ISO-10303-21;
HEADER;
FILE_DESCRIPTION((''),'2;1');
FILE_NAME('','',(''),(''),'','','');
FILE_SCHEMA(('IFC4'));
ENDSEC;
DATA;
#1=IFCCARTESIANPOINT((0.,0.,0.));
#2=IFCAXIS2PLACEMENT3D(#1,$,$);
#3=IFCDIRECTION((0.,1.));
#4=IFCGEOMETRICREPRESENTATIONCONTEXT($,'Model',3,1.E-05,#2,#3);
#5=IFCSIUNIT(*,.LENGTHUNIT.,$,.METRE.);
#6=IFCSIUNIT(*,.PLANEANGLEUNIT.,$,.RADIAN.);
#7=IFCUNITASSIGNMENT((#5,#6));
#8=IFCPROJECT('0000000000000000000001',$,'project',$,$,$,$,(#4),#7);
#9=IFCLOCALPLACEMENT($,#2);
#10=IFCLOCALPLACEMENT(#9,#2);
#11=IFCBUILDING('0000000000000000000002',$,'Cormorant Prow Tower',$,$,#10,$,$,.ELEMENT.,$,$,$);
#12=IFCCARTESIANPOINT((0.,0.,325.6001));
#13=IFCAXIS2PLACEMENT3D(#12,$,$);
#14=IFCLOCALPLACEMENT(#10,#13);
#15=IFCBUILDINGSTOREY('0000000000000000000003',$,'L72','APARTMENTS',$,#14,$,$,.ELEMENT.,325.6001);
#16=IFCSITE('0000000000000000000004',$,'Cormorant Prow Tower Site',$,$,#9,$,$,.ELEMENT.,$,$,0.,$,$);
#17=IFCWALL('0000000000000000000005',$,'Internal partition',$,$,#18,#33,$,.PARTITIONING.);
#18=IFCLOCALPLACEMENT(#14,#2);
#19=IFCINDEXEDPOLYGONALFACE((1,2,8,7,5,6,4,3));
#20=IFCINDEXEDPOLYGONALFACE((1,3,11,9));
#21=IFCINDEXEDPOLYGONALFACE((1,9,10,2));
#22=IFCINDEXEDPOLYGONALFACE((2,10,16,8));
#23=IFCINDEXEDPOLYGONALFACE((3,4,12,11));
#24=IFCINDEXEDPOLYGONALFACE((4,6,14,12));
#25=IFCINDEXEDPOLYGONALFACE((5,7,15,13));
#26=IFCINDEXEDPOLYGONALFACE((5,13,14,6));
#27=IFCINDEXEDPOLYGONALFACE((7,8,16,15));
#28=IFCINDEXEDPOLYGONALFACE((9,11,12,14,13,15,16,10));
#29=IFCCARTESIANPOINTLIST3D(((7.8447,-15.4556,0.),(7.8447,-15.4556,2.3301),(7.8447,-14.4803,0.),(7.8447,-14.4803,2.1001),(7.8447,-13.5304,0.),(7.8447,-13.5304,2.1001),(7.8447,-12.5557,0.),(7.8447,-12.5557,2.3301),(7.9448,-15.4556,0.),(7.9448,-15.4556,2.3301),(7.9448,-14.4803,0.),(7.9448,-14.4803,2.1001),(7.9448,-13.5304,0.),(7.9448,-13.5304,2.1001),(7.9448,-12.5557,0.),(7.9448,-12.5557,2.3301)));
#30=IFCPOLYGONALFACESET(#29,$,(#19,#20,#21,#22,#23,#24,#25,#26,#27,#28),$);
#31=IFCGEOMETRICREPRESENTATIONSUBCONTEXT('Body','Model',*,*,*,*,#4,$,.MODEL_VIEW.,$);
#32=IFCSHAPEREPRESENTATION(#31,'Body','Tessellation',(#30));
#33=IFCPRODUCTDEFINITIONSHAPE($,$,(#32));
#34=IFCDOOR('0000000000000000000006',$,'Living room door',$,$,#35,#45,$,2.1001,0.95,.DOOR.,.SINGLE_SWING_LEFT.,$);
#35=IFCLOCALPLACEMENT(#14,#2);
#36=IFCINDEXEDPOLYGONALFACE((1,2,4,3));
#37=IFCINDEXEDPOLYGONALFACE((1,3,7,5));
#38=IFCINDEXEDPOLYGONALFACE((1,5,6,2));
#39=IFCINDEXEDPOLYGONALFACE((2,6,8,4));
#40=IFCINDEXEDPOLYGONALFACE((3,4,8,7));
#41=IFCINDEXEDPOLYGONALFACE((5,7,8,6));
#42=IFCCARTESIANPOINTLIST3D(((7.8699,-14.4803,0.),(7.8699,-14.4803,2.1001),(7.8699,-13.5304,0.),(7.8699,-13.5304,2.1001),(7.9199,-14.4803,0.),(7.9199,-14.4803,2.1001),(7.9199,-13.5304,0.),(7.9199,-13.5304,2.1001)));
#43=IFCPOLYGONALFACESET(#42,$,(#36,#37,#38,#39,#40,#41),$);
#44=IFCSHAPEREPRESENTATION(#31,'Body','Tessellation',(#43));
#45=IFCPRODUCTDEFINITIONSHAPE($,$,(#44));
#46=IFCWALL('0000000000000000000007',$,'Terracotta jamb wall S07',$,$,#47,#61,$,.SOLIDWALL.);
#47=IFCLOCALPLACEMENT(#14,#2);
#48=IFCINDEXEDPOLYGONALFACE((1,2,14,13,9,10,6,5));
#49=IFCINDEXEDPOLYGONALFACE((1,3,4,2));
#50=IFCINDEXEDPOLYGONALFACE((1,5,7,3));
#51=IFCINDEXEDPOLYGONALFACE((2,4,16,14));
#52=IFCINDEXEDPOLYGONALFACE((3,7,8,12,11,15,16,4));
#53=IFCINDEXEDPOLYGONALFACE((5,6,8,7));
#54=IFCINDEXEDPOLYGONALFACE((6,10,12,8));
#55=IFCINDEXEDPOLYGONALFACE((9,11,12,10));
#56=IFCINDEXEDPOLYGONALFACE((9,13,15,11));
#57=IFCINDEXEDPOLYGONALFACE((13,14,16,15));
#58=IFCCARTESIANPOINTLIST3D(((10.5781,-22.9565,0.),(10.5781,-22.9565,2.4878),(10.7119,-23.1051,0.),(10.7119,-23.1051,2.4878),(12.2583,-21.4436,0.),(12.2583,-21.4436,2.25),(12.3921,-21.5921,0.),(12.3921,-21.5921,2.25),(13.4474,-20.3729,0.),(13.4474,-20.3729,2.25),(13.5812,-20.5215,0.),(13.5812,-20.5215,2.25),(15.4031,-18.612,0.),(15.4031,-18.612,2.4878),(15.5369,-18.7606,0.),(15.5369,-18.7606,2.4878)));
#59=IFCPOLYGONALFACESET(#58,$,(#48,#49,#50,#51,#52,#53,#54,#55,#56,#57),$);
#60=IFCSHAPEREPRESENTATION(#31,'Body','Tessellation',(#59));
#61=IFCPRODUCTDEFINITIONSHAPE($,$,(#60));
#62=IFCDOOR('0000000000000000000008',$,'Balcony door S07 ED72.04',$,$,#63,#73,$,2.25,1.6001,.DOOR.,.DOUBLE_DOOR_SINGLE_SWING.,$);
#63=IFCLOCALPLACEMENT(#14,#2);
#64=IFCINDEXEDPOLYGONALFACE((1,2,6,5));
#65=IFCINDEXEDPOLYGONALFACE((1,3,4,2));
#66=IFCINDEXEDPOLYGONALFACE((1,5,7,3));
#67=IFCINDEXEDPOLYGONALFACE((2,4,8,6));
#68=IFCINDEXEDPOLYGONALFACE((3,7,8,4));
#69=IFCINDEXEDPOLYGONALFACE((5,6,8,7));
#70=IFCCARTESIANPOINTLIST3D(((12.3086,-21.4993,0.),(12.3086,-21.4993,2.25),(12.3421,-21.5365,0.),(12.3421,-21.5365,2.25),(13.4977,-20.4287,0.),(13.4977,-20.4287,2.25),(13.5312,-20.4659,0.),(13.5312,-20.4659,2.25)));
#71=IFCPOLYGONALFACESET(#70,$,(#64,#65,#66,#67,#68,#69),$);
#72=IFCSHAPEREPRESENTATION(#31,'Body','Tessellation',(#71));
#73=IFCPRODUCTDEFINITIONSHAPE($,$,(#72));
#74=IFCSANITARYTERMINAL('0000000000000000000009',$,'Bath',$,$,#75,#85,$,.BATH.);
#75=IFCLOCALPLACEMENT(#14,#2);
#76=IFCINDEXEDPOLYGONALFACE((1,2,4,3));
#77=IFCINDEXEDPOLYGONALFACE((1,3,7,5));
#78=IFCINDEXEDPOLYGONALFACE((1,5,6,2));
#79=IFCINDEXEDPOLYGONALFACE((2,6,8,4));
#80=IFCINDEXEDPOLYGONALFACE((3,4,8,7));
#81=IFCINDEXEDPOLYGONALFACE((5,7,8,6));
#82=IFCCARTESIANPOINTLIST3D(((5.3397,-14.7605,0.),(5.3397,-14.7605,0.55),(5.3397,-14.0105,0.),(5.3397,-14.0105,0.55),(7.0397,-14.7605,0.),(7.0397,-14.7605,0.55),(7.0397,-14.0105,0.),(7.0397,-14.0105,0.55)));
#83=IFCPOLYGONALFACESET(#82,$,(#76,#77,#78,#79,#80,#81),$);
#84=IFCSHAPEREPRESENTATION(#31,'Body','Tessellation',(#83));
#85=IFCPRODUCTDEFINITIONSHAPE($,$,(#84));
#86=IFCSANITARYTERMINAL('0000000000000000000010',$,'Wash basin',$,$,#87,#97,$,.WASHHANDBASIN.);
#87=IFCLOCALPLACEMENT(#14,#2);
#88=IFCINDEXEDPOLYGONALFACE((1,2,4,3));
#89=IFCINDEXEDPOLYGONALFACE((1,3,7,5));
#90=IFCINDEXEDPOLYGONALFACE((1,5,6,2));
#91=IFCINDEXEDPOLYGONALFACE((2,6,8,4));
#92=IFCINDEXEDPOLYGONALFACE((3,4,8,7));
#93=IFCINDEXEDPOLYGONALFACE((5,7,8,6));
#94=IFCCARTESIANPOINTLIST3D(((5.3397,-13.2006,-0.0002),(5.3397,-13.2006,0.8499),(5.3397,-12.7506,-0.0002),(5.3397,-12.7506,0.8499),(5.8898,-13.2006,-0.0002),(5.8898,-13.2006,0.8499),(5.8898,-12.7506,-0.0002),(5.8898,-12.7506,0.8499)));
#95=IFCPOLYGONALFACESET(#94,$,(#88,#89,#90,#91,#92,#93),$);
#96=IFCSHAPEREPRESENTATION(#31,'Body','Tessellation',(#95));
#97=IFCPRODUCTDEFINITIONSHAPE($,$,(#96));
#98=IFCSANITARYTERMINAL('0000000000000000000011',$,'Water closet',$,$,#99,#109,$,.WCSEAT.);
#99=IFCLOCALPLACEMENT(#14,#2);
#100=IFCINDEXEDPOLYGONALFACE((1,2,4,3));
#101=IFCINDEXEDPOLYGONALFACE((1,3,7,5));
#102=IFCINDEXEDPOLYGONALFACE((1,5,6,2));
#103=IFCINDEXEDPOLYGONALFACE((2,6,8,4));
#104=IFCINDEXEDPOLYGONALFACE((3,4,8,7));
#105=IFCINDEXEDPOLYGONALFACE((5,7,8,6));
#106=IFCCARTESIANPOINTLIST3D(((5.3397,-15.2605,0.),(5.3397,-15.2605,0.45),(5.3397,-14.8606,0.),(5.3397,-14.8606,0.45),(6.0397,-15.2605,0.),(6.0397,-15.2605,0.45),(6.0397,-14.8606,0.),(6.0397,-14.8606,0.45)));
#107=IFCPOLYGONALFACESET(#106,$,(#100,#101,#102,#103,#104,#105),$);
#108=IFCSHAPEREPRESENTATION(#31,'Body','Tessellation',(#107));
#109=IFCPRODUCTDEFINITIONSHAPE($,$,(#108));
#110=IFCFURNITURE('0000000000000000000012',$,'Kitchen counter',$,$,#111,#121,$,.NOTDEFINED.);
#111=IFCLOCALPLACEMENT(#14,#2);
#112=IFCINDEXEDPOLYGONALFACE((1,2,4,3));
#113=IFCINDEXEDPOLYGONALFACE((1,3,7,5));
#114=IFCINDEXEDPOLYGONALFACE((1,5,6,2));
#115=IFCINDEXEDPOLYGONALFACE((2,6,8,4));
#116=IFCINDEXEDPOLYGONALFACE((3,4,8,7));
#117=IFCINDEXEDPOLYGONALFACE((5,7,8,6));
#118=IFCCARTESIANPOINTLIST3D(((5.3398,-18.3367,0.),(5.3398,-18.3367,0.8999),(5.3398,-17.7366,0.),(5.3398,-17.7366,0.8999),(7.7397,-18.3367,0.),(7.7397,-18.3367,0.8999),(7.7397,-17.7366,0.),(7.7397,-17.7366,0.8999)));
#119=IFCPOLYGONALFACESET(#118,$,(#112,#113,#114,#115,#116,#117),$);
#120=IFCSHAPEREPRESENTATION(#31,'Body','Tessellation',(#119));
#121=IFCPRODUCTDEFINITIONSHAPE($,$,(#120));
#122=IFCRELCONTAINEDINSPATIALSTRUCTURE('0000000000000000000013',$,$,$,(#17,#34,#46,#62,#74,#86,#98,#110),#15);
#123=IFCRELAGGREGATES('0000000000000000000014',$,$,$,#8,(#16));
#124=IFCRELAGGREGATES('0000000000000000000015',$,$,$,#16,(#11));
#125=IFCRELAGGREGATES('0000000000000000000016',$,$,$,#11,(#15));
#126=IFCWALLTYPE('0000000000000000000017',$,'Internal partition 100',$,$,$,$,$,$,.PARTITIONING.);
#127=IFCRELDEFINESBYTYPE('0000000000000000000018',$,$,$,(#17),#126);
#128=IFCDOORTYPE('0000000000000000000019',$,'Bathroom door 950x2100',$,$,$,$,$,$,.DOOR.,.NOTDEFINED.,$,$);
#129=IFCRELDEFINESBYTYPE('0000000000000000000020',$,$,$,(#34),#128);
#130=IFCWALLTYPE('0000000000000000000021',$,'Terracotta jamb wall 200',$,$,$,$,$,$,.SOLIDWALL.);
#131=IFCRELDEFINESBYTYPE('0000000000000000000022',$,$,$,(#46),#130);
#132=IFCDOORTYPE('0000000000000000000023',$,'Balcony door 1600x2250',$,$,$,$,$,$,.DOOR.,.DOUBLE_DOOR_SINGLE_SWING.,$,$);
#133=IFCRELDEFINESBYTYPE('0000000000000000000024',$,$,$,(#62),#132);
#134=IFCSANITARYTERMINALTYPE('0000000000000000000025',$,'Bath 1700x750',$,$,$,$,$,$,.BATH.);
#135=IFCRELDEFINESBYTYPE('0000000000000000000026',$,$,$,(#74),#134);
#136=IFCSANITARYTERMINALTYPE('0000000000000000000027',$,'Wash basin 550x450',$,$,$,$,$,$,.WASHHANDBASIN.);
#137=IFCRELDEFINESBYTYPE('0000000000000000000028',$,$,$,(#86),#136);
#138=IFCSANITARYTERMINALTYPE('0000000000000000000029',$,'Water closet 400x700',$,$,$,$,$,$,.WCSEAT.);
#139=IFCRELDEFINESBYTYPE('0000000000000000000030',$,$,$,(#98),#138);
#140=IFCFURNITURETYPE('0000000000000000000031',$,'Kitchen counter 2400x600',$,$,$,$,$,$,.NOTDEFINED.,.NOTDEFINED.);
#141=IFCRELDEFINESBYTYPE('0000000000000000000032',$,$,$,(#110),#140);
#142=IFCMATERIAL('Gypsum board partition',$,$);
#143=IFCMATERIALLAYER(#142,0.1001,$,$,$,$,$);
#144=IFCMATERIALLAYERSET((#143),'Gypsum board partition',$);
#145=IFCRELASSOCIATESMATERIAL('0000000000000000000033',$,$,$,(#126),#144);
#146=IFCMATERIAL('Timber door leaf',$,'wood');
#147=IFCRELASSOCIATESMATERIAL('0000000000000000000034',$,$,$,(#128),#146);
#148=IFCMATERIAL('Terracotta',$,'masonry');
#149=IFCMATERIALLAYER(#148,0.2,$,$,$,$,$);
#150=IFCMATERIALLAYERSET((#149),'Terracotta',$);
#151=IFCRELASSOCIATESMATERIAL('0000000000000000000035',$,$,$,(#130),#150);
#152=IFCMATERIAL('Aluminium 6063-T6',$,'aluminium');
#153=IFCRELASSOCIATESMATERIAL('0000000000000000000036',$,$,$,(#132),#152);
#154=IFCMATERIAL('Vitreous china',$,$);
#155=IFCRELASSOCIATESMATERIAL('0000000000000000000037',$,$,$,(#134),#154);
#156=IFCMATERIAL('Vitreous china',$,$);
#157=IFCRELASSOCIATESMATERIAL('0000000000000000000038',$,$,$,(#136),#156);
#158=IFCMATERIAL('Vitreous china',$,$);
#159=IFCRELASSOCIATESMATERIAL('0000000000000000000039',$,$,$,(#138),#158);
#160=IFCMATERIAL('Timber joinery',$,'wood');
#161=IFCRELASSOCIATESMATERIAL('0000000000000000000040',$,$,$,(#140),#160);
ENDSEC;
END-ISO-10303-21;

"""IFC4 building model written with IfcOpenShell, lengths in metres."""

from ifc_helpers import new_model, si_unit, direction, frame, frame_2d, origin, origin_2d, place, context, subcontext, project, spatial, rectangle, extrude, material, layer, layer_set, type_object, element, fill, save


model = new_model("IFC4")

# Units and contexts
model_context = context("Model", 3, precision=1e-05, world=origin(), true_north=direction((0.0, 1.0)))
body_context = subcontext(model_context, "Body", "Model", "MODEL_VIEW")
ifc_project = project(units=[si_unit("LENGTHUNIT", "METRE"), si_unit("PLANEANGLEUNIT", "RADIAN")], contexts=[model_context])

# Site, building, storey
site_placement = place(None, origin())
site = spatial("IfcSite", under=ifc_project, at=site_placement, Name="Cormorant Prow Tower Site", CompositionType="ELEMENT", RefElevation=0.0)
building_placement = place(site_placement, origin())
building = spatial("IfcBuilding", under=site, at=building_placement, Name="Cormorant Prow Tower", CompositionType="ELEMENT")
storey_placement = place(building_placement, frame((0.0, 0.0, 325.6001)))
storey = spatial("IfcBuildingStorey", under=building, at=storey_placement, Name="L72", Description="APARTMENTS", CompositionType="ELEMENT", Elevation=325.6001)

# Walls, openings, doors
ifc_material_1 = material(Name="Gypsum board partition")
ifc_layer_1 = layer(ifc_material_1, 0.1001)
ifc_layer_set_1 = layer_set([ifc_layer_1], Name="Gypsum board partition")
wall_type_1 = type_object("IfcWallType", Name="Internal partition 100", PredefinedType="PARTITIONING", material=ifc_layer_set_1)
ifc_material_2 = material(Name="Timber door leaf", Category="wood")
door_type_1 = type_object("IfcDoorType", Name="Bathroom door 950x2100", OperationType="NOTDEFINED", PredefinedType="DOOR", material=ifc_material_2)
wall_1_placement = place(storey_placement, frame((7.8948, -15.4556, 0.0), z_axis=(0.0, 0.0, 1.0), x_axis=(0.0, 1.0, 0.0)))
wall_1 = element("IfcWall", 1, at=wall_1_placement, inside=storey, type_object=wall_type_1, Name="Internal partition", PredefinedType="PARTITIONING", context=body_context, shape_type="SweptSolid", body=[
    extrude(rectangle(XDim=2.8999, YDim=0.1001, at=frame_2d((1.45, 0.0))), origin(), (0.0, 0.0, 1.0), 2.3301),
])
opening_1_placement = place(wall_1_placement, frame((0.9751, 0.0, 0.0)))
opening_1 = element("IfcOpeningElement", 2, at=opening_1_placement, cuts=wall_1, PredefinedType="OPENING", context=body_context, shape_type="SweptSolid", body=[
    extrude(rectangle(XDim=0.95, YDim=2.1001, at=frame_2d((0.4751, 1.05))), frame((0.0, 0.0601, 0.0), z_axis=(0.0, -1.0, 0.0), x_axis=(1.0, 0.0, 0.0)), (0.0, 0.0, 1.0), 0.1201),
])
door_1_placement = place(opening_1_placement, origin())
door_1 = element("IfcDoor", 3, at=door_1_placement, inside=storey, type_object=door_type_1, Name="Living room door", OperationType="SINGLE_SWING_LEFT", OverallHeight=2.1001, OverallWidth=0.95, PredefinedType="DOOR", context=body_context, shape_type="SweptSolid", body=[
    extrude(rectangle(XDim=0.95, YDim=2.1001, at=frame_2d((0.4751, 1.05))), frame((0.0, 0.0249, 0.0), z_axis=(0.0, -1.0, 0.0), x_axis=(1.0, 0.0, 0.0)), (0.0, 0.0, 1.0), 0.05),
])
fill(opening_1, door_1)
ifc_material_3 = material(Name="Terracotta", Category="masonry")
ifc_layer_2 = layer(ifc_material_3, 0.2)
ifc_layer_set_2 = layer_set([ifc_layer_2], Name="Terracotta")
wall_type_2 = type_object("IfcWallType", Name="Terracotta jamb wall 200", PredefinedType="SOLIDWALL", material=ifc_layer_set_2)
wall_2_placement = place(storey_placement, frame((10.645, -23.0308, 0.0), z_axis=(0.0, 0.0, 1.0), x_axis=(0.743139, 0.669137, 0.0)))
wall_2 = element("IfcWall", 4, at=wall_2_placement, inside=storey, type_object=wall_type_2, Name="Terracotta jamb wall S07", PredefinedType="SOLIDWALL", context=body_context, shape_type="SweptSolid", body=[
    extrude(rectangle(XDim=6.4927, YDim=0.2, at=frame_2d((3.2463, 0.0))), origin(), (0.0, 0.0, 1.0), 2.4878),
])
opening_2_placement = place(wall_2_placement, frame((2.261, 0.0, 0.0)))
opening_2 = element("IfcOpeningElement", 5, at=opening_2_placement, cuts=wall_2, PredefinedType="OPENING", context=body_context, shape_type="SweptSolid", body=[
    extrude(rectangle(XDim=1.6001, YDim=2.25, at=frame_2d((0.8, 1.125))), frame((0.0, 0.1099, 0.0), z_axis=(0.0, -1.0, 0.0), x_axis=(1.0, 0.0, 0.0)), (0.0, 0.0, 1.0), 0.22),
])
ifc_material_4 = material(Name="Aluminium 6063-T6", Category="aluminium")
door_type_2 = type_object("IfcDoorType", Name="Balcony door 1600x2250", OperationType="DOUBLE_DOOR_SINGLE_SWING", PredefinedType="DOOR", material=ifc_material_4)
door_2_placement = place(opening_2_placement, origin())
door_2 = element("IfcDoor", 6, at=door_2_placement, inside=storey, type_object=door_type_2, Name="Balcony door S07 ED72.04", OperationType="DOUBLE_DOOR_SINGLE_SWING", OverallHeight=2.25, OverallWidth=1.6001, PredefinedType="DOOR", context=body_context, shape_type="SweptSolid", body=[
    extrude(rectangle(XDim=1.6001, YDim=2.25, at=frame_2d((0.8, 1.125))), frame((0.0, 0.0249, 0.0), z_axis=(0.0, -1.0, 0.0), x_axis=(1.0, 0.0, 0.0)), (0.0, 0.0, 1.0), 0.05),
])
fill(opening_2, door_2)

# Sanitary terminals
ifc_material_5 = material(Name="Vitreous china")
sanitary_terminal_type_1 = type_object("IfcSanitaryTerminalType", Name="Bath 1700x750", PredefinedType="BATH", material=ifc_material_5)
sanitary_terminal_1_placement = place(storey_placement, frame((6.1897, -14.3855, 0.0), z_axis=(0.0, 0.0, 1.0), x_axis=(1.0, 0.0, 0.0)))
element("IfcSanitaryTerminal", 7, at=sanitary_terminal_1_placement, inside=storey, type_object=sanitary_terminal_type_1, Name="Bath", PredefinedType="BATH", context=body_context, shape_type="SweptSolid", body=[
    extrude(rectangle(XDim=1.7, YDim=0.75, at=origin_2d()), origin(), (0.0, 0.0, 1.0), 0.55),
])
ifc_material_6 = material(Name="Vitreous china")
sanitary_terminal_type_2 = type_object("IfcSanitaryTerminalType", Name="Wash basin 550x450", PredefinedType="WASHHANDBASIN", material=ifc_material_6)
sanitary_terminal_2_placement = place(storey_placement, frame((5.6147, -12.9756, -0.0002), z_axis=(0.0, 0.0, 1.0), x_axis=(1.0, 0.0, 0.0)))
element("IfcSanitaryTerminal", 8, at=sanitary_terminal_2_placement, inside=storey, type_object=sanitary_terminal_type_2, Name="Wash basin", PredefinedType="WASHHANDBASIN", context=body_context, shape_type="SweptSolid", body=[
    extrude(rectangle(XDim=0.55, YDim=0.45, at=origin_2d()), origin(), (0.0, 0.0, 1.0), 0.8501),
])
ifc_material_7 = material(Name="Vitreous china")
sanitary_terminal_type_3 = type_object("IfcSanitaryTerminalType", Name="Water closet 400x700", PredefinedType="WCSEAT", material=ifc_material_7)
sanitary_terminal_3_placement = place(storey_placement, frame((5.6897, -15.0605, 0.0), z_axis=(0.0, 0.0, 1.0), x_axis=(0.0, 1.0, 0.0)))
element("IfcSanitaryTerminal", 9, at=sanitary_terminal_3_placement, inside=storey, type_object=sanitary_terminal_type_3, Name="Water closet", PredefinedType="WCSEAT", context=body_context, shape_type="SweptSolid", body=[
    extrude(rectangle(XDim=0.3999, YDim=0.7, at=origin_2d()), origin(), (0.0, 0.0, 1.0), 0.45),
])

# Furniture
ifc_material_8 = material(Name="Timber joinery", Category="wood")
furniture_type = type_object("IfcFurnitureType", Name="Kitchen counter 2400x600", AssemblyPlace="NOTDEFINED", PredefinedType="NOTDEFINED", material=ifc_material_8)
furniture_placement = place(storey_placement, frame((6.5398, -18.0366, 0.0), z_axis=(0.0, 0.0, 1.0), x_axis=(1.0, 0.0, 0.0)))
element("IfcFurniture", 10, at=furniture_placement, inside=storey, type_object=furniture_type, Name="Kitchen counter", PredefinedType="NOTDEFINED", context=body_context, shape_type="SweptSolid", body=[
    extrude(rectangle(XDim=2.3999, YDim=0.6001, at=origin_2d()), origin(), (0.0, 0.0, 1.0), 0.8999),
])

save(model, "model.ifc")
